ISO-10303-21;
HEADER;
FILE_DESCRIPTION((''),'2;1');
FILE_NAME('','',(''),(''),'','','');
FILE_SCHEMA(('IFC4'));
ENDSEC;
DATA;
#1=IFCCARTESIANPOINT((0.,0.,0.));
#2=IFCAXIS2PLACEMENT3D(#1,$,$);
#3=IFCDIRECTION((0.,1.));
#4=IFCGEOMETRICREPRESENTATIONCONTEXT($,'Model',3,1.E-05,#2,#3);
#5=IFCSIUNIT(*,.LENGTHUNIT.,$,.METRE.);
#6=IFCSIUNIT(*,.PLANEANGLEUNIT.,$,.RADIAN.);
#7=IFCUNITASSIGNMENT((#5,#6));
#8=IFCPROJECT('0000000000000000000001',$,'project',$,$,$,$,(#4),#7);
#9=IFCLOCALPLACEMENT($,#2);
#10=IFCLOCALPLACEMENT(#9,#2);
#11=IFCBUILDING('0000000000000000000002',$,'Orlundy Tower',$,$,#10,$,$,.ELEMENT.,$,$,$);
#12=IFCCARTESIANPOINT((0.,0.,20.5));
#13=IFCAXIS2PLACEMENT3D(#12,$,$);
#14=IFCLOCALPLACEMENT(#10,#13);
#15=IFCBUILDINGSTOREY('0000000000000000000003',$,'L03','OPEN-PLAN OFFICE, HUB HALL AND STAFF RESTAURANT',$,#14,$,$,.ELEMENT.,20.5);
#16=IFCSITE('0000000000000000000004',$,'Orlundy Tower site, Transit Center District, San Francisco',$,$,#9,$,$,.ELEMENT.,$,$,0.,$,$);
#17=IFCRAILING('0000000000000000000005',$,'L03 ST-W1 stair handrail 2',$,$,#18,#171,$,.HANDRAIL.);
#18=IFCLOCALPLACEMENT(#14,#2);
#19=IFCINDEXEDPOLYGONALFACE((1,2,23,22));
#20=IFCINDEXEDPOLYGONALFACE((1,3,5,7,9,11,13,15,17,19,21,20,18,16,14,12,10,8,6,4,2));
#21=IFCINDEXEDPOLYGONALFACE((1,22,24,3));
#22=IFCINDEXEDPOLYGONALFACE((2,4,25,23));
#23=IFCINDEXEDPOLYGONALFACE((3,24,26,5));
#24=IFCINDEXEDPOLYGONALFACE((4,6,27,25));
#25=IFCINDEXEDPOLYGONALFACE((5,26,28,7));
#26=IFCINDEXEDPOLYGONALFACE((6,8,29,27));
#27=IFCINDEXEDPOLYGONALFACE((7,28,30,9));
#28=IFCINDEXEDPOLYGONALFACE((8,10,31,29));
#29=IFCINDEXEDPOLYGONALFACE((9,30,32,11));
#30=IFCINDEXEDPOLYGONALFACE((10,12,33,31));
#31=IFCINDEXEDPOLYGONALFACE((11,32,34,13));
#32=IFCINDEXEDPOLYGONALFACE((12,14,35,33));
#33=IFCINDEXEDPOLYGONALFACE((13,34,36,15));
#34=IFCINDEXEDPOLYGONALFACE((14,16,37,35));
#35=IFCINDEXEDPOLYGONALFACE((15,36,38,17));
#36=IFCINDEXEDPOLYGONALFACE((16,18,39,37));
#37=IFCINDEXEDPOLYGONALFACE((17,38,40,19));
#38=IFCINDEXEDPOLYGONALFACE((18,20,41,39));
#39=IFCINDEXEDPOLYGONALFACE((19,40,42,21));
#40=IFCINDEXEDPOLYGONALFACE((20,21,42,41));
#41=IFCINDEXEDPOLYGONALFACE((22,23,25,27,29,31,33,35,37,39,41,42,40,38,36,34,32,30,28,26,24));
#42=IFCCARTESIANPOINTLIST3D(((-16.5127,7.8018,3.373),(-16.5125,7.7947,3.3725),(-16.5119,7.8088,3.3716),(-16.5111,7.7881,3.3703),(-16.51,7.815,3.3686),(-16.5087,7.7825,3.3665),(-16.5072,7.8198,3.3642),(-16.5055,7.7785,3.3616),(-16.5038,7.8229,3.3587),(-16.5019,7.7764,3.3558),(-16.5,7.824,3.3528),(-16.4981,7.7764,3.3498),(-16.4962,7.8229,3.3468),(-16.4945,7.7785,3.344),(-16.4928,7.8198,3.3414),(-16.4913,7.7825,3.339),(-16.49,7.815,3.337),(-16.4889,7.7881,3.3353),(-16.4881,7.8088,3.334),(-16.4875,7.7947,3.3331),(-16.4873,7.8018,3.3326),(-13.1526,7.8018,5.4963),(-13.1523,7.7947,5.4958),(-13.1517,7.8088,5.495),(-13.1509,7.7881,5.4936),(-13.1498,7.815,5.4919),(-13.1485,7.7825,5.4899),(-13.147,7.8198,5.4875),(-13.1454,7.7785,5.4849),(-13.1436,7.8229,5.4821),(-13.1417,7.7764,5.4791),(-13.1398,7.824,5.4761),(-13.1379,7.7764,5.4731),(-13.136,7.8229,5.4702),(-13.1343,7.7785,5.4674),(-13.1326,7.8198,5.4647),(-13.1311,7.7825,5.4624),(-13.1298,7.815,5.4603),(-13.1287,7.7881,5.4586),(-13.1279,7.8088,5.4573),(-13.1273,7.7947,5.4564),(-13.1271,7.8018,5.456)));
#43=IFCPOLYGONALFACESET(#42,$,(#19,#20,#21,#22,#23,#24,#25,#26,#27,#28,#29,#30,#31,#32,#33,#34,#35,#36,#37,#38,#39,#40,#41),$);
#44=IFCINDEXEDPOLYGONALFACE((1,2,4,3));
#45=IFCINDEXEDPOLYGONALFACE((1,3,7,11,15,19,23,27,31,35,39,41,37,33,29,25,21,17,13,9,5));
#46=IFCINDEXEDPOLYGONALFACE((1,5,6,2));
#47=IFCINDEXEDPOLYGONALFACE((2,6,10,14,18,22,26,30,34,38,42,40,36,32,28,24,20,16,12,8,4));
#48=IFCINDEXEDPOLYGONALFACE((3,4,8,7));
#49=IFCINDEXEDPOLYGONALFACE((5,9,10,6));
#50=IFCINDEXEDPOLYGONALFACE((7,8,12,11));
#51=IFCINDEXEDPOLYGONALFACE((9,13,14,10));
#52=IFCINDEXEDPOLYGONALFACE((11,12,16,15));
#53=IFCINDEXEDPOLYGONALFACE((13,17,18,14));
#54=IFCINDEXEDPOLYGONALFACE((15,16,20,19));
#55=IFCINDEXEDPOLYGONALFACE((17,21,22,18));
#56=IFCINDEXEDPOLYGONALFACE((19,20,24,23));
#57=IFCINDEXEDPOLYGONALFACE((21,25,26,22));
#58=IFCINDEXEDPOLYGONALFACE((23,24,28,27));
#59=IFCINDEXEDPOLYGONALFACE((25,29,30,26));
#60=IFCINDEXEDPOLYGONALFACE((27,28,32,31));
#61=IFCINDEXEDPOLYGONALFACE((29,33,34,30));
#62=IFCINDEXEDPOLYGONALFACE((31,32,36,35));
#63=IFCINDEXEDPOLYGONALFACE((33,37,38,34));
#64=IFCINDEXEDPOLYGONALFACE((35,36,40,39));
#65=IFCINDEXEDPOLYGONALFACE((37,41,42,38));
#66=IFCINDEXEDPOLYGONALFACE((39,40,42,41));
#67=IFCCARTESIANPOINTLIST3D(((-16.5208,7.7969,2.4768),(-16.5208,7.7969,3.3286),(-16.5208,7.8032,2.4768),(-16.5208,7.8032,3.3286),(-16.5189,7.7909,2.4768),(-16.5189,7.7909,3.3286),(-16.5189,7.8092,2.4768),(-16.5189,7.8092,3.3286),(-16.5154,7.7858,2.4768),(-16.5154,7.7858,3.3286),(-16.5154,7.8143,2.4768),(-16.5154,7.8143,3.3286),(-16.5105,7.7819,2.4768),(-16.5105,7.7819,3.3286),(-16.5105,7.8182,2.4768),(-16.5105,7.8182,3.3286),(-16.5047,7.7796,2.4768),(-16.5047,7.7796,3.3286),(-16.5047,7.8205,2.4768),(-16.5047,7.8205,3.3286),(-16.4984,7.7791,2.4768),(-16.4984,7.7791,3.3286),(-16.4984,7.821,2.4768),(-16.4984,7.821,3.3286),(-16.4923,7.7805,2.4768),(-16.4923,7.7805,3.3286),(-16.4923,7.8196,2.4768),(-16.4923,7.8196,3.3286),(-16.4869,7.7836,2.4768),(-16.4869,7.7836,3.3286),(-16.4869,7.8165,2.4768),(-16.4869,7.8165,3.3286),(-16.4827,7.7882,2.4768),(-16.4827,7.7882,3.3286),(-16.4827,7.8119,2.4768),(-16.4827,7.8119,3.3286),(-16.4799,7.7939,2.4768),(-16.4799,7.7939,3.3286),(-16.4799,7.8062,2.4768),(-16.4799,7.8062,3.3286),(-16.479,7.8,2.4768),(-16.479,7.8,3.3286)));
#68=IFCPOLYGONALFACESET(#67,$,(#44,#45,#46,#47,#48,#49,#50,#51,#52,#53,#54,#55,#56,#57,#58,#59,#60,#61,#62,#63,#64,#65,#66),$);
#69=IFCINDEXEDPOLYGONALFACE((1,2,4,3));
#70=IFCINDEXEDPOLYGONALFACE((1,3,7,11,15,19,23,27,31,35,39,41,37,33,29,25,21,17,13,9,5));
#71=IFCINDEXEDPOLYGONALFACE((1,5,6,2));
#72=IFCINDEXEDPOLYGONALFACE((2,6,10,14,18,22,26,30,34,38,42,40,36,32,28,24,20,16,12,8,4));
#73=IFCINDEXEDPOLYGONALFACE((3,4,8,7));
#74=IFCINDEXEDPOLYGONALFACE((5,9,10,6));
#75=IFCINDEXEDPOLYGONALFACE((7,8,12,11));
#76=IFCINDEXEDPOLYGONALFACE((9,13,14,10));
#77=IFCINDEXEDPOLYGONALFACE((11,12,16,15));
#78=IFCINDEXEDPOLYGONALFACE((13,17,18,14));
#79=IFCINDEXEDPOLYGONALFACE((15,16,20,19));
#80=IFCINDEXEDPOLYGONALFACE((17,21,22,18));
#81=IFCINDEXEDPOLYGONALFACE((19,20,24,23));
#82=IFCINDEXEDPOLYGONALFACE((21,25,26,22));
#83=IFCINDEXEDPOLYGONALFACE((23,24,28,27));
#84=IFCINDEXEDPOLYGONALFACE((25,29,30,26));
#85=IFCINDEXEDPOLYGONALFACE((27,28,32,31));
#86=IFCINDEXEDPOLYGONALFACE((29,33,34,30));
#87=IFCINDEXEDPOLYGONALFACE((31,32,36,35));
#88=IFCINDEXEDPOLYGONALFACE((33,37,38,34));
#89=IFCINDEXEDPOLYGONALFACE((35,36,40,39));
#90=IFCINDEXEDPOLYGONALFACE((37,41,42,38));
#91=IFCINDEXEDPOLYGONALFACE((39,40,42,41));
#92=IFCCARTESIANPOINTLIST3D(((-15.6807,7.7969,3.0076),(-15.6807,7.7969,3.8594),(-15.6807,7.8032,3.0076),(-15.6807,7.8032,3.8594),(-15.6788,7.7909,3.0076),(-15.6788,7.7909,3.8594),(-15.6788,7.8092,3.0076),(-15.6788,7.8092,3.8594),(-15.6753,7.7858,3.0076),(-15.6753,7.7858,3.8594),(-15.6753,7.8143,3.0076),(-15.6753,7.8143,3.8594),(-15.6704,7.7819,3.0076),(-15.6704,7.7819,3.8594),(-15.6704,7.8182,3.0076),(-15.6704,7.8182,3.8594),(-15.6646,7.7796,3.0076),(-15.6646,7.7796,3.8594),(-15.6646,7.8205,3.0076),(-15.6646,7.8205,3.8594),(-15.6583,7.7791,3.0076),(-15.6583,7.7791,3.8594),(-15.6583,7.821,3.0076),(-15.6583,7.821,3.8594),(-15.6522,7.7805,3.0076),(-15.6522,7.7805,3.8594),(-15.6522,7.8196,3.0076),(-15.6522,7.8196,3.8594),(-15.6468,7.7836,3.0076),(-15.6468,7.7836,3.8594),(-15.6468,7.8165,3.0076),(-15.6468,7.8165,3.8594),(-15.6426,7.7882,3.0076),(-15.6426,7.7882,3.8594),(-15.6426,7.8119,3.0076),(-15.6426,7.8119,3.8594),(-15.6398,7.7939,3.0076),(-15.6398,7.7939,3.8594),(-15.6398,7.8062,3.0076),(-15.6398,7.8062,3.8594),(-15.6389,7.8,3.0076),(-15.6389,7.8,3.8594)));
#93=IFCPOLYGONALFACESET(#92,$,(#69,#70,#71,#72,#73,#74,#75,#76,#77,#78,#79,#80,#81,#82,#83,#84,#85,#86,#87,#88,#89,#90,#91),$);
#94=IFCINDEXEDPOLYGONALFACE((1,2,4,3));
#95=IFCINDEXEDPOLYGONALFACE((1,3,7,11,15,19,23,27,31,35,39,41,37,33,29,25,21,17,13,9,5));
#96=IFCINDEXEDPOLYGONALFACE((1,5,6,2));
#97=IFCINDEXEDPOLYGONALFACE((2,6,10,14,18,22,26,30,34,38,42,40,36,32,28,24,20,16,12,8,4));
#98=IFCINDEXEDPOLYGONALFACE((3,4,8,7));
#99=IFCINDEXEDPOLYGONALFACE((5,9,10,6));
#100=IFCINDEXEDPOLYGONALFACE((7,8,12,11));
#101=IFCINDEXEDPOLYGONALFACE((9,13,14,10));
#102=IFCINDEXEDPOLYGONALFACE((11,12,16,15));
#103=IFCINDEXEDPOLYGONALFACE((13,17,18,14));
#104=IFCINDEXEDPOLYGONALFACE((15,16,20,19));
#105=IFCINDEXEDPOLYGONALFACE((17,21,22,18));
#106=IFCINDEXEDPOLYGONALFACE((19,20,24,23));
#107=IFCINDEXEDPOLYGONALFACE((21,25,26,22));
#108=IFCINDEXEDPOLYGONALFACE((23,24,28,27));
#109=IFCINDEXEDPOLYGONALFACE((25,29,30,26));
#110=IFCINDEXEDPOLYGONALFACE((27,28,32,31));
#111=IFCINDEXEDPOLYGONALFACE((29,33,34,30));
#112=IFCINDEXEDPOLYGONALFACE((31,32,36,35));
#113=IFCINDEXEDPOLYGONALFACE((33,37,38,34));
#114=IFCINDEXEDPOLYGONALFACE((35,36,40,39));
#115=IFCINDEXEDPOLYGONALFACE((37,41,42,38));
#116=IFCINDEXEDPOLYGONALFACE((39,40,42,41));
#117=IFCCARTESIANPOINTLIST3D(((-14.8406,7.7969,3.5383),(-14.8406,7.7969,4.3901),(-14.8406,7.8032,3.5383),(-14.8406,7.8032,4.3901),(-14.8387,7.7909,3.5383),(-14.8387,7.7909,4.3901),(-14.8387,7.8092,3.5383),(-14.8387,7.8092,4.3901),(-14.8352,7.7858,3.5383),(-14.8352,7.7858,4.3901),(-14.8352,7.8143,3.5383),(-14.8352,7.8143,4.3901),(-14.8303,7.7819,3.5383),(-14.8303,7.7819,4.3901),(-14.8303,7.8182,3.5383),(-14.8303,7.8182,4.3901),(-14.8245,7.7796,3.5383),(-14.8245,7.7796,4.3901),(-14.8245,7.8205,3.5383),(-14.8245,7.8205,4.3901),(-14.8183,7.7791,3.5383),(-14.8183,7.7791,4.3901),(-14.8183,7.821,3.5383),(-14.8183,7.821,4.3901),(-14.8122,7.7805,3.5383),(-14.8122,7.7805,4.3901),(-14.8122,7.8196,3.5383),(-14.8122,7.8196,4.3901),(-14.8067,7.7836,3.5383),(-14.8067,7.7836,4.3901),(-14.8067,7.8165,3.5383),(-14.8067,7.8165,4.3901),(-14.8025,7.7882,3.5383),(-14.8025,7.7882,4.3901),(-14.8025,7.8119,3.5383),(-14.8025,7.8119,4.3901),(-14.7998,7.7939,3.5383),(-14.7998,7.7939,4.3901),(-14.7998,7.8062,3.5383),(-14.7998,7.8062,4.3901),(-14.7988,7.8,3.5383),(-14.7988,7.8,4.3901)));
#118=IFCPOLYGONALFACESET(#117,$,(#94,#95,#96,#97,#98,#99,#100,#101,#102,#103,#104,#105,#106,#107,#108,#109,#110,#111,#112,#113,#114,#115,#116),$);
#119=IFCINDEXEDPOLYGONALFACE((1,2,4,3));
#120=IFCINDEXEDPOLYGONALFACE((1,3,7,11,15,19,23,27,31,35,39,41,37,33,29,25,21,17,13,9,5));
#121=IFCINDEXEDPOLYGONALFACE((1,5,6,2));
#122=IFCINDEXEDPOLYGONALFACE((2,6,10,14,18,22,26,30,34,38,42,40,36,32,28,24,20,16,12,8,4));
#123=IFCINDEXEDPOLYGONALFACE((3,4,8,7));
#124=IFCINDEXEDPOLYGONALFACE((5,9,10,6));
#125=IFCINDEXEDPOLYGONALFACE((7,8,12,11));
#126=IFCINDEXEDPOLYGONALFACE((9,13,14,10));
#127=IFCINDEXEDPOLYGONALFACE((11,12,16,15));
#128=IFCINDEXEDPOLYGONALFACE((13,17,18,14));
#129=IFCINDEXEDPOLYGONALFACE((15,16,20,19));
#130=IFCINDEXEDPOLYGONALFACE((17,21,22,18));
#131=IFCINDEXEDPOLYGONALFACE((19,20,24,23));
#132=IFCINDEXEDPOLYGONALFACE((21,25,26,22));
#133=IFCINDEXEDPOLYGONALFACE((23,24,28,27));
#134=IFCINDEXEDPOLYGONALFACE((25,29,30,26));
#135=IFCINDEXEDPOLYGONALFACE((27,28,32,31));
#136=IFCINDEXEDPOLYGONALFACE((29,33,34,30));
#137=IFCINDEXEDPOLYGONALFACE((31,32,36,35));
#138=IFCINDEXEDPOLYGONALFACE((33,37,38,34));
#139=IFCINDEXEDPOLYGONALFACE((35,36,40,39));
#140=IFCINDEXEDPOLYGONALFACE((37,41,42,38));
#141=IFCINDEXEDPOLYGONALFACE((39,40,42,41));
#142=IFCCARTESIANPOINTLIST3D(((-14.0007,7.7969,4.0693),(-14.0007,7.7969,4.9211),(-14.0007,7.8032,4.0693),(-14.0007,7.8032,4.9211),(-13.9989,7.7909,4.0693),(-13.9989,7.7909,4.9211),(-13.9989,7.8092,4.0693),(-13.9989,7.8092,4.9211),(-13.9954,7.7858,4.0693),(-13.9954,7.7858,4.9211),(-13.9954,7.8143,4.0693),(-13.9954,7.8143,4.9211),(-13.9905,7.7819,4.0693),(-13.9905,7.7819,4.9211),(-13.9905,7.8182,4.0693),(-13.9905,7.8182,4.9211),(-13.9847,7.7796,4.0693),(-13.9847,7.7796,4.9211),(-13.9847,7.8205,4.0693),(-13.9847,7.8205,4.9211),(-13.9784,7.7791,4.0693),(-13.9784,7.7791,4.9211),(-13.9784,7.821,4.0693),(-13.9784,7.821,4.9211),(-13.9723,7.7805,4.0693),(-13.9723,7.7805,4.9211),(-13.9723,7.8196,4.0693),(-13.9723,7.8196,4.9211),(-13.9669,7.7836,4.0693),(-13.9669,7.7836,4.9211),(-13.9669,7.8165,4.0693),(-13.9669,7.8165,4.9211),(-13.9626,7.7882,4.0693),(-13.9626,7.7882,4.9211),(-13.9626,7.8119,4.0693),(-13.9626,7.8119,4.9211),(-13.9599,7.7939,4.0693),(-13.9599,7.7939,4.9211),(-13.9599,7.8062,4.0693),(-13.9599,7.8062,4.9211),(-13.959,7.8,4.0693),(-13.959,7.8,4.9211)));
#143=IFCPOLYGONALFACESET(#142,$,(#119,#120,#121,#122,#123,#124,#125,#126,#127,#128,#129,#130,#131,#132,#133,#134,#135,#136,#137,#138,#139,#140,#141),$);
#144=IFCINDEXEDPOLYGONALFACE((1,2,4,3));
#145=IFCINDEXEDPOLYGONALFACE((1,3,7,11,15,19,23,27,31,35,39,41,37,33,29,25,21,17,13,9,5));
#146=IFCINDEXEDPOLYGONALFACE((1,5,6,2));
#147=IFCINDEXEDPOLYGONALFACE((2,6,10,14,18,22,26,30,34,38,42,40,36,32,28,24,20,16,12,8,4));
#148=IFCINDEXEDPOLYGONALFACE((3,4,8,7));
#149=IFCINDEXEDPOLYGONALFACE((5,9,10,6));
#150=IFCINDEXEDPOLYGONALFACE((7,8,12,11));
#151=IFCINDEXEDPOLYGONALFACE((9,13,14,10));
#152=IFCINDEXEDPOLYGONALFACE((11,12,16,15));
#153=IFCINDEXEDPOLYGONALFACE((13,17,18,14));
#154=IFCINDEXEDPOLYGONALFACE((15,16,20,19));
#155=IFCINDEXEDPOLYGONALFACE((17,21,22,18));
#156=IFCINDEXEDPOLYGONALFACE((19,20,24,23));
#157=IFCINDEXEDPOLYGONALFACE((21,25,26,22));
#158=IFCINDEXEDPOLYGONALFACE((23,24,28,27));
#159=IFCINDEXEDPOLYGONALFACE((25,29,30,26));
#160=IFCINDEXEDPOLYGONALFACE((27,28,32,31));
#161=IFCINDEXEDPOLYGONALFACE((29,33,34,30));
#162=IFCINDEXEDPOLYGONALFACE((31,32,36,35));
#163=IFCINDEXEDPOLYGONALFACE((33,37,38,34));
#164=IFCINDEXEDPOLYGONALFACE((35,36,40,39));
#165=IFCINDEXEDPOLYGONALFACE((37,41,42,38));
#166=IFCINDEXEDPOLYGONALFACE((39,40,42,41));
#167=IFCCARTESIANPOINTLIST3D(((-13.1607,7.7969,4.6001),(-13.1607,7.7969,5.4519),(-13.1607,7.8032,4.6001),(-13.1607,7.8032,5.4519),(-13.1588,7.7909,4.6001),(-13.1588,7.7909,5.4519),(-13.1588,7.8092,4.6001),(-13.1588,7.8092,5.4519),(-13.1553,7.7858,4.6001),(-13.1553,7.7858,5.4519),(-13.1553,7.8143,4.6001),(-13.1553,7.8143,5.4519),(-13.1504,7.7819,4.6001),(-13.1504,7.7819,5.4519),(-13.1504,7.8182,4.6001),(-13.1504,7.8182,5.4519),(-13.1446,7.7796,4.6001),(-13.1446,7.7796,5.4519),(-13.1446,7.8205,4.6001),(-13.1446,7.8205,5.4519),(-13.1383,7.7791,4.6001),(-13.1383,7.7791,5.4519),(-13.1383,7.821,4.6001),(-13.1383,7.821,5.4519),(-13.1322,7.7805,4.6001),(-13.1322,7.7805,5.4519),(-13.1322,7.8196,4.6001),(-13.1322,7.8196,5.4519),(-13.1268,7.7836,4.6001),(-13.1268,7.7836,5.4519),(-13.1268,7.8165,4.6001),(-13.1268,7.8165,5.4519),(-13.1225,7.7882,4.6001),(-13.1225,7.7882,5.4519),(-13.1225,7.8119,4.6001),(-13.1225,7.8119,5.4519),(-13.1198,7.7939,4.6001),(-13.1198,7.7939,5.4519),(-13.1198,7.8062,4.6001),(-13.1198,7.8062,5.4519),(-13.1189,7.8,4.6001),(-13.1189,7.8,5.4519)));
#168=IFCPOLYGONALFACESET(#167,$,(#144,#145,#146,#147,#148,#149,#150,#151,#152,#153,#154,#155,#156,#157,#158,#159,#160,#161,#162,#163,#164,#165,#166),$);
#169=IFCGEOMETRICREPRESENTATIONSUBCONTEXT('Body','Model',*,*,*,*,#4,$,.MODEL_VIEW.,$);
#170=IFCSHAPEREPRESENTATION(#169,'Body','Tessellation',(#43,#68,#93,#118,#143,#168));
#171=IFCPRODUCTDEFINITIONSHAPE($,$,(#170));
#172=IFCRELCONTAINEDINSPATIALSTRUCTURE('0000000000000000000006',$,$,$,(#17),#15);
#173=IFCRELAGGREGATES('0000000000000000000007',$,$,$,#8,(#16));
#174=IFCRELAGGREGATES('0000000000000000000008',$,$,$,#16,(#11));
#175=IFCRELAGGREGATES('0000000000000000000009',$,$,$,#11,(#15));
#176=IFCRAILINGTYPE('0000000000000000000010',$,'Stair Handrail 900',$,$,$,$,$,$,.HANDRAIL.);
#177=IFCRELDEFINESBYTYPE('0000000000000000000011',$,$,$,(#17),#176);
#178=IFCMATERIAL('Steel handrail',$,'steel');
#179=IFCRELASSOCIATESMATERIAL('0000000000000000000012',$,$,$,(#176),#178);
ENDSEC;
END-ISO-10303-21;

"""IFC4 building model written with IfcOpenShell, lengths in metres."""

from ifc_helpers import new_model, si_unit, direction, frame, origin, origin_2d, place, context, subcontext, project, spatial, circle, extrude, material, type_object, element, save


model = new_model("IFC4")

# Units and contexts
model_context = context("Model", 3, precision=1e-05, world=origin(), true_north=direction((0.0, 1.0)))
body_context = subcontext(model_context, "Body", "Model", "MODEL_VIEW")
ifc_project = project(units=[si_unit("LENGTHUNIT", "METRE"), si_unit("PLANEANGLEUNIT", "RADIAN")], contexts=[model_context])

# Site, building, storey
site_placement = place(None, origin())
site = spatial("IfcSite", under=ifc_project, at=site_placement, Name="Orlundy Tower site, Transit Center District, San Francisco", CompositionType="ELEMENT", RefElevation=0.0)
building_placement = place(site_placement, origin())
building = spatial("IfcBuilding", under=site, at=building_placement, Name="Orlundy Tower", CompositionType="ELEMENT")
storey_placement = place(building_placement, frame((0.0, 0.0, 20.5)))
storey = spatial("IfcBuildingStorey", under=building, at=storey_placement, Name="L03", Description="OPEN-PLAN OFFICE, HUB HALL AND STAFF RESTAURANT", CompositionType="ELEMENT", Elevation=20.5)

# Railing
ifc_material_1 = material(Name="Steel handrail", Category="steel")
railing_type_1 = type_object("IfcRailingType", Name="Stair Handrail 900", PredefinedType="HANDRAIL", material=ifc_material_1)
railing_1_placement = place(storey_placement, frame((-16.5, 7.8, 2.4768)))
element("IfcRailing", 1, at=railing_1_placement, inside=storey, type_object=railing_type_1, Name="L03 ST-W1 stair handrail 2", PredefinedType="HANDRAIL", context=body_context, shape_type="SweptSolid", body=[
    extrude(circle(Radius=0.0239, at=origin_2d()), frame((0.0, 0.0, 0.876), z_axis=(0.845362, 0.0, 0.534194), x_axis=(0.0, 1.0, 0.0)), (0.0, 0.0, 1.0), 3.9749),
    extrude(circle(Radius=0.021, at=origin_2d()), origin(), (0.0, 0.0, 1.0), 0.8518),
    extrude(circle(Radius=0.021, at=origin_2d()), frame((0.8401, 0.0, 0.5308)), (0.0, 0.0, 1.0), 0.8518),
    extrude(circle(Radius=0.021, at=origin_2d()), frame((1.6802, 0.0, 1.0615)), (0.0, 0.0, 1.0), 0.8518),
    extrude(circle(Radius=0.021, at=origin_2d()), frame((2.52, 0.0, 1.5925)), (0.0, 0.0, 1.0), 0.8518),
    extrude(circle(Radius=0.021, at=origin_2d()), frame((3.3601, 0.0, 2.1233)), (0.0, 0.0, 1.0), 0.8518),
])

save(model, "model.ifc")
